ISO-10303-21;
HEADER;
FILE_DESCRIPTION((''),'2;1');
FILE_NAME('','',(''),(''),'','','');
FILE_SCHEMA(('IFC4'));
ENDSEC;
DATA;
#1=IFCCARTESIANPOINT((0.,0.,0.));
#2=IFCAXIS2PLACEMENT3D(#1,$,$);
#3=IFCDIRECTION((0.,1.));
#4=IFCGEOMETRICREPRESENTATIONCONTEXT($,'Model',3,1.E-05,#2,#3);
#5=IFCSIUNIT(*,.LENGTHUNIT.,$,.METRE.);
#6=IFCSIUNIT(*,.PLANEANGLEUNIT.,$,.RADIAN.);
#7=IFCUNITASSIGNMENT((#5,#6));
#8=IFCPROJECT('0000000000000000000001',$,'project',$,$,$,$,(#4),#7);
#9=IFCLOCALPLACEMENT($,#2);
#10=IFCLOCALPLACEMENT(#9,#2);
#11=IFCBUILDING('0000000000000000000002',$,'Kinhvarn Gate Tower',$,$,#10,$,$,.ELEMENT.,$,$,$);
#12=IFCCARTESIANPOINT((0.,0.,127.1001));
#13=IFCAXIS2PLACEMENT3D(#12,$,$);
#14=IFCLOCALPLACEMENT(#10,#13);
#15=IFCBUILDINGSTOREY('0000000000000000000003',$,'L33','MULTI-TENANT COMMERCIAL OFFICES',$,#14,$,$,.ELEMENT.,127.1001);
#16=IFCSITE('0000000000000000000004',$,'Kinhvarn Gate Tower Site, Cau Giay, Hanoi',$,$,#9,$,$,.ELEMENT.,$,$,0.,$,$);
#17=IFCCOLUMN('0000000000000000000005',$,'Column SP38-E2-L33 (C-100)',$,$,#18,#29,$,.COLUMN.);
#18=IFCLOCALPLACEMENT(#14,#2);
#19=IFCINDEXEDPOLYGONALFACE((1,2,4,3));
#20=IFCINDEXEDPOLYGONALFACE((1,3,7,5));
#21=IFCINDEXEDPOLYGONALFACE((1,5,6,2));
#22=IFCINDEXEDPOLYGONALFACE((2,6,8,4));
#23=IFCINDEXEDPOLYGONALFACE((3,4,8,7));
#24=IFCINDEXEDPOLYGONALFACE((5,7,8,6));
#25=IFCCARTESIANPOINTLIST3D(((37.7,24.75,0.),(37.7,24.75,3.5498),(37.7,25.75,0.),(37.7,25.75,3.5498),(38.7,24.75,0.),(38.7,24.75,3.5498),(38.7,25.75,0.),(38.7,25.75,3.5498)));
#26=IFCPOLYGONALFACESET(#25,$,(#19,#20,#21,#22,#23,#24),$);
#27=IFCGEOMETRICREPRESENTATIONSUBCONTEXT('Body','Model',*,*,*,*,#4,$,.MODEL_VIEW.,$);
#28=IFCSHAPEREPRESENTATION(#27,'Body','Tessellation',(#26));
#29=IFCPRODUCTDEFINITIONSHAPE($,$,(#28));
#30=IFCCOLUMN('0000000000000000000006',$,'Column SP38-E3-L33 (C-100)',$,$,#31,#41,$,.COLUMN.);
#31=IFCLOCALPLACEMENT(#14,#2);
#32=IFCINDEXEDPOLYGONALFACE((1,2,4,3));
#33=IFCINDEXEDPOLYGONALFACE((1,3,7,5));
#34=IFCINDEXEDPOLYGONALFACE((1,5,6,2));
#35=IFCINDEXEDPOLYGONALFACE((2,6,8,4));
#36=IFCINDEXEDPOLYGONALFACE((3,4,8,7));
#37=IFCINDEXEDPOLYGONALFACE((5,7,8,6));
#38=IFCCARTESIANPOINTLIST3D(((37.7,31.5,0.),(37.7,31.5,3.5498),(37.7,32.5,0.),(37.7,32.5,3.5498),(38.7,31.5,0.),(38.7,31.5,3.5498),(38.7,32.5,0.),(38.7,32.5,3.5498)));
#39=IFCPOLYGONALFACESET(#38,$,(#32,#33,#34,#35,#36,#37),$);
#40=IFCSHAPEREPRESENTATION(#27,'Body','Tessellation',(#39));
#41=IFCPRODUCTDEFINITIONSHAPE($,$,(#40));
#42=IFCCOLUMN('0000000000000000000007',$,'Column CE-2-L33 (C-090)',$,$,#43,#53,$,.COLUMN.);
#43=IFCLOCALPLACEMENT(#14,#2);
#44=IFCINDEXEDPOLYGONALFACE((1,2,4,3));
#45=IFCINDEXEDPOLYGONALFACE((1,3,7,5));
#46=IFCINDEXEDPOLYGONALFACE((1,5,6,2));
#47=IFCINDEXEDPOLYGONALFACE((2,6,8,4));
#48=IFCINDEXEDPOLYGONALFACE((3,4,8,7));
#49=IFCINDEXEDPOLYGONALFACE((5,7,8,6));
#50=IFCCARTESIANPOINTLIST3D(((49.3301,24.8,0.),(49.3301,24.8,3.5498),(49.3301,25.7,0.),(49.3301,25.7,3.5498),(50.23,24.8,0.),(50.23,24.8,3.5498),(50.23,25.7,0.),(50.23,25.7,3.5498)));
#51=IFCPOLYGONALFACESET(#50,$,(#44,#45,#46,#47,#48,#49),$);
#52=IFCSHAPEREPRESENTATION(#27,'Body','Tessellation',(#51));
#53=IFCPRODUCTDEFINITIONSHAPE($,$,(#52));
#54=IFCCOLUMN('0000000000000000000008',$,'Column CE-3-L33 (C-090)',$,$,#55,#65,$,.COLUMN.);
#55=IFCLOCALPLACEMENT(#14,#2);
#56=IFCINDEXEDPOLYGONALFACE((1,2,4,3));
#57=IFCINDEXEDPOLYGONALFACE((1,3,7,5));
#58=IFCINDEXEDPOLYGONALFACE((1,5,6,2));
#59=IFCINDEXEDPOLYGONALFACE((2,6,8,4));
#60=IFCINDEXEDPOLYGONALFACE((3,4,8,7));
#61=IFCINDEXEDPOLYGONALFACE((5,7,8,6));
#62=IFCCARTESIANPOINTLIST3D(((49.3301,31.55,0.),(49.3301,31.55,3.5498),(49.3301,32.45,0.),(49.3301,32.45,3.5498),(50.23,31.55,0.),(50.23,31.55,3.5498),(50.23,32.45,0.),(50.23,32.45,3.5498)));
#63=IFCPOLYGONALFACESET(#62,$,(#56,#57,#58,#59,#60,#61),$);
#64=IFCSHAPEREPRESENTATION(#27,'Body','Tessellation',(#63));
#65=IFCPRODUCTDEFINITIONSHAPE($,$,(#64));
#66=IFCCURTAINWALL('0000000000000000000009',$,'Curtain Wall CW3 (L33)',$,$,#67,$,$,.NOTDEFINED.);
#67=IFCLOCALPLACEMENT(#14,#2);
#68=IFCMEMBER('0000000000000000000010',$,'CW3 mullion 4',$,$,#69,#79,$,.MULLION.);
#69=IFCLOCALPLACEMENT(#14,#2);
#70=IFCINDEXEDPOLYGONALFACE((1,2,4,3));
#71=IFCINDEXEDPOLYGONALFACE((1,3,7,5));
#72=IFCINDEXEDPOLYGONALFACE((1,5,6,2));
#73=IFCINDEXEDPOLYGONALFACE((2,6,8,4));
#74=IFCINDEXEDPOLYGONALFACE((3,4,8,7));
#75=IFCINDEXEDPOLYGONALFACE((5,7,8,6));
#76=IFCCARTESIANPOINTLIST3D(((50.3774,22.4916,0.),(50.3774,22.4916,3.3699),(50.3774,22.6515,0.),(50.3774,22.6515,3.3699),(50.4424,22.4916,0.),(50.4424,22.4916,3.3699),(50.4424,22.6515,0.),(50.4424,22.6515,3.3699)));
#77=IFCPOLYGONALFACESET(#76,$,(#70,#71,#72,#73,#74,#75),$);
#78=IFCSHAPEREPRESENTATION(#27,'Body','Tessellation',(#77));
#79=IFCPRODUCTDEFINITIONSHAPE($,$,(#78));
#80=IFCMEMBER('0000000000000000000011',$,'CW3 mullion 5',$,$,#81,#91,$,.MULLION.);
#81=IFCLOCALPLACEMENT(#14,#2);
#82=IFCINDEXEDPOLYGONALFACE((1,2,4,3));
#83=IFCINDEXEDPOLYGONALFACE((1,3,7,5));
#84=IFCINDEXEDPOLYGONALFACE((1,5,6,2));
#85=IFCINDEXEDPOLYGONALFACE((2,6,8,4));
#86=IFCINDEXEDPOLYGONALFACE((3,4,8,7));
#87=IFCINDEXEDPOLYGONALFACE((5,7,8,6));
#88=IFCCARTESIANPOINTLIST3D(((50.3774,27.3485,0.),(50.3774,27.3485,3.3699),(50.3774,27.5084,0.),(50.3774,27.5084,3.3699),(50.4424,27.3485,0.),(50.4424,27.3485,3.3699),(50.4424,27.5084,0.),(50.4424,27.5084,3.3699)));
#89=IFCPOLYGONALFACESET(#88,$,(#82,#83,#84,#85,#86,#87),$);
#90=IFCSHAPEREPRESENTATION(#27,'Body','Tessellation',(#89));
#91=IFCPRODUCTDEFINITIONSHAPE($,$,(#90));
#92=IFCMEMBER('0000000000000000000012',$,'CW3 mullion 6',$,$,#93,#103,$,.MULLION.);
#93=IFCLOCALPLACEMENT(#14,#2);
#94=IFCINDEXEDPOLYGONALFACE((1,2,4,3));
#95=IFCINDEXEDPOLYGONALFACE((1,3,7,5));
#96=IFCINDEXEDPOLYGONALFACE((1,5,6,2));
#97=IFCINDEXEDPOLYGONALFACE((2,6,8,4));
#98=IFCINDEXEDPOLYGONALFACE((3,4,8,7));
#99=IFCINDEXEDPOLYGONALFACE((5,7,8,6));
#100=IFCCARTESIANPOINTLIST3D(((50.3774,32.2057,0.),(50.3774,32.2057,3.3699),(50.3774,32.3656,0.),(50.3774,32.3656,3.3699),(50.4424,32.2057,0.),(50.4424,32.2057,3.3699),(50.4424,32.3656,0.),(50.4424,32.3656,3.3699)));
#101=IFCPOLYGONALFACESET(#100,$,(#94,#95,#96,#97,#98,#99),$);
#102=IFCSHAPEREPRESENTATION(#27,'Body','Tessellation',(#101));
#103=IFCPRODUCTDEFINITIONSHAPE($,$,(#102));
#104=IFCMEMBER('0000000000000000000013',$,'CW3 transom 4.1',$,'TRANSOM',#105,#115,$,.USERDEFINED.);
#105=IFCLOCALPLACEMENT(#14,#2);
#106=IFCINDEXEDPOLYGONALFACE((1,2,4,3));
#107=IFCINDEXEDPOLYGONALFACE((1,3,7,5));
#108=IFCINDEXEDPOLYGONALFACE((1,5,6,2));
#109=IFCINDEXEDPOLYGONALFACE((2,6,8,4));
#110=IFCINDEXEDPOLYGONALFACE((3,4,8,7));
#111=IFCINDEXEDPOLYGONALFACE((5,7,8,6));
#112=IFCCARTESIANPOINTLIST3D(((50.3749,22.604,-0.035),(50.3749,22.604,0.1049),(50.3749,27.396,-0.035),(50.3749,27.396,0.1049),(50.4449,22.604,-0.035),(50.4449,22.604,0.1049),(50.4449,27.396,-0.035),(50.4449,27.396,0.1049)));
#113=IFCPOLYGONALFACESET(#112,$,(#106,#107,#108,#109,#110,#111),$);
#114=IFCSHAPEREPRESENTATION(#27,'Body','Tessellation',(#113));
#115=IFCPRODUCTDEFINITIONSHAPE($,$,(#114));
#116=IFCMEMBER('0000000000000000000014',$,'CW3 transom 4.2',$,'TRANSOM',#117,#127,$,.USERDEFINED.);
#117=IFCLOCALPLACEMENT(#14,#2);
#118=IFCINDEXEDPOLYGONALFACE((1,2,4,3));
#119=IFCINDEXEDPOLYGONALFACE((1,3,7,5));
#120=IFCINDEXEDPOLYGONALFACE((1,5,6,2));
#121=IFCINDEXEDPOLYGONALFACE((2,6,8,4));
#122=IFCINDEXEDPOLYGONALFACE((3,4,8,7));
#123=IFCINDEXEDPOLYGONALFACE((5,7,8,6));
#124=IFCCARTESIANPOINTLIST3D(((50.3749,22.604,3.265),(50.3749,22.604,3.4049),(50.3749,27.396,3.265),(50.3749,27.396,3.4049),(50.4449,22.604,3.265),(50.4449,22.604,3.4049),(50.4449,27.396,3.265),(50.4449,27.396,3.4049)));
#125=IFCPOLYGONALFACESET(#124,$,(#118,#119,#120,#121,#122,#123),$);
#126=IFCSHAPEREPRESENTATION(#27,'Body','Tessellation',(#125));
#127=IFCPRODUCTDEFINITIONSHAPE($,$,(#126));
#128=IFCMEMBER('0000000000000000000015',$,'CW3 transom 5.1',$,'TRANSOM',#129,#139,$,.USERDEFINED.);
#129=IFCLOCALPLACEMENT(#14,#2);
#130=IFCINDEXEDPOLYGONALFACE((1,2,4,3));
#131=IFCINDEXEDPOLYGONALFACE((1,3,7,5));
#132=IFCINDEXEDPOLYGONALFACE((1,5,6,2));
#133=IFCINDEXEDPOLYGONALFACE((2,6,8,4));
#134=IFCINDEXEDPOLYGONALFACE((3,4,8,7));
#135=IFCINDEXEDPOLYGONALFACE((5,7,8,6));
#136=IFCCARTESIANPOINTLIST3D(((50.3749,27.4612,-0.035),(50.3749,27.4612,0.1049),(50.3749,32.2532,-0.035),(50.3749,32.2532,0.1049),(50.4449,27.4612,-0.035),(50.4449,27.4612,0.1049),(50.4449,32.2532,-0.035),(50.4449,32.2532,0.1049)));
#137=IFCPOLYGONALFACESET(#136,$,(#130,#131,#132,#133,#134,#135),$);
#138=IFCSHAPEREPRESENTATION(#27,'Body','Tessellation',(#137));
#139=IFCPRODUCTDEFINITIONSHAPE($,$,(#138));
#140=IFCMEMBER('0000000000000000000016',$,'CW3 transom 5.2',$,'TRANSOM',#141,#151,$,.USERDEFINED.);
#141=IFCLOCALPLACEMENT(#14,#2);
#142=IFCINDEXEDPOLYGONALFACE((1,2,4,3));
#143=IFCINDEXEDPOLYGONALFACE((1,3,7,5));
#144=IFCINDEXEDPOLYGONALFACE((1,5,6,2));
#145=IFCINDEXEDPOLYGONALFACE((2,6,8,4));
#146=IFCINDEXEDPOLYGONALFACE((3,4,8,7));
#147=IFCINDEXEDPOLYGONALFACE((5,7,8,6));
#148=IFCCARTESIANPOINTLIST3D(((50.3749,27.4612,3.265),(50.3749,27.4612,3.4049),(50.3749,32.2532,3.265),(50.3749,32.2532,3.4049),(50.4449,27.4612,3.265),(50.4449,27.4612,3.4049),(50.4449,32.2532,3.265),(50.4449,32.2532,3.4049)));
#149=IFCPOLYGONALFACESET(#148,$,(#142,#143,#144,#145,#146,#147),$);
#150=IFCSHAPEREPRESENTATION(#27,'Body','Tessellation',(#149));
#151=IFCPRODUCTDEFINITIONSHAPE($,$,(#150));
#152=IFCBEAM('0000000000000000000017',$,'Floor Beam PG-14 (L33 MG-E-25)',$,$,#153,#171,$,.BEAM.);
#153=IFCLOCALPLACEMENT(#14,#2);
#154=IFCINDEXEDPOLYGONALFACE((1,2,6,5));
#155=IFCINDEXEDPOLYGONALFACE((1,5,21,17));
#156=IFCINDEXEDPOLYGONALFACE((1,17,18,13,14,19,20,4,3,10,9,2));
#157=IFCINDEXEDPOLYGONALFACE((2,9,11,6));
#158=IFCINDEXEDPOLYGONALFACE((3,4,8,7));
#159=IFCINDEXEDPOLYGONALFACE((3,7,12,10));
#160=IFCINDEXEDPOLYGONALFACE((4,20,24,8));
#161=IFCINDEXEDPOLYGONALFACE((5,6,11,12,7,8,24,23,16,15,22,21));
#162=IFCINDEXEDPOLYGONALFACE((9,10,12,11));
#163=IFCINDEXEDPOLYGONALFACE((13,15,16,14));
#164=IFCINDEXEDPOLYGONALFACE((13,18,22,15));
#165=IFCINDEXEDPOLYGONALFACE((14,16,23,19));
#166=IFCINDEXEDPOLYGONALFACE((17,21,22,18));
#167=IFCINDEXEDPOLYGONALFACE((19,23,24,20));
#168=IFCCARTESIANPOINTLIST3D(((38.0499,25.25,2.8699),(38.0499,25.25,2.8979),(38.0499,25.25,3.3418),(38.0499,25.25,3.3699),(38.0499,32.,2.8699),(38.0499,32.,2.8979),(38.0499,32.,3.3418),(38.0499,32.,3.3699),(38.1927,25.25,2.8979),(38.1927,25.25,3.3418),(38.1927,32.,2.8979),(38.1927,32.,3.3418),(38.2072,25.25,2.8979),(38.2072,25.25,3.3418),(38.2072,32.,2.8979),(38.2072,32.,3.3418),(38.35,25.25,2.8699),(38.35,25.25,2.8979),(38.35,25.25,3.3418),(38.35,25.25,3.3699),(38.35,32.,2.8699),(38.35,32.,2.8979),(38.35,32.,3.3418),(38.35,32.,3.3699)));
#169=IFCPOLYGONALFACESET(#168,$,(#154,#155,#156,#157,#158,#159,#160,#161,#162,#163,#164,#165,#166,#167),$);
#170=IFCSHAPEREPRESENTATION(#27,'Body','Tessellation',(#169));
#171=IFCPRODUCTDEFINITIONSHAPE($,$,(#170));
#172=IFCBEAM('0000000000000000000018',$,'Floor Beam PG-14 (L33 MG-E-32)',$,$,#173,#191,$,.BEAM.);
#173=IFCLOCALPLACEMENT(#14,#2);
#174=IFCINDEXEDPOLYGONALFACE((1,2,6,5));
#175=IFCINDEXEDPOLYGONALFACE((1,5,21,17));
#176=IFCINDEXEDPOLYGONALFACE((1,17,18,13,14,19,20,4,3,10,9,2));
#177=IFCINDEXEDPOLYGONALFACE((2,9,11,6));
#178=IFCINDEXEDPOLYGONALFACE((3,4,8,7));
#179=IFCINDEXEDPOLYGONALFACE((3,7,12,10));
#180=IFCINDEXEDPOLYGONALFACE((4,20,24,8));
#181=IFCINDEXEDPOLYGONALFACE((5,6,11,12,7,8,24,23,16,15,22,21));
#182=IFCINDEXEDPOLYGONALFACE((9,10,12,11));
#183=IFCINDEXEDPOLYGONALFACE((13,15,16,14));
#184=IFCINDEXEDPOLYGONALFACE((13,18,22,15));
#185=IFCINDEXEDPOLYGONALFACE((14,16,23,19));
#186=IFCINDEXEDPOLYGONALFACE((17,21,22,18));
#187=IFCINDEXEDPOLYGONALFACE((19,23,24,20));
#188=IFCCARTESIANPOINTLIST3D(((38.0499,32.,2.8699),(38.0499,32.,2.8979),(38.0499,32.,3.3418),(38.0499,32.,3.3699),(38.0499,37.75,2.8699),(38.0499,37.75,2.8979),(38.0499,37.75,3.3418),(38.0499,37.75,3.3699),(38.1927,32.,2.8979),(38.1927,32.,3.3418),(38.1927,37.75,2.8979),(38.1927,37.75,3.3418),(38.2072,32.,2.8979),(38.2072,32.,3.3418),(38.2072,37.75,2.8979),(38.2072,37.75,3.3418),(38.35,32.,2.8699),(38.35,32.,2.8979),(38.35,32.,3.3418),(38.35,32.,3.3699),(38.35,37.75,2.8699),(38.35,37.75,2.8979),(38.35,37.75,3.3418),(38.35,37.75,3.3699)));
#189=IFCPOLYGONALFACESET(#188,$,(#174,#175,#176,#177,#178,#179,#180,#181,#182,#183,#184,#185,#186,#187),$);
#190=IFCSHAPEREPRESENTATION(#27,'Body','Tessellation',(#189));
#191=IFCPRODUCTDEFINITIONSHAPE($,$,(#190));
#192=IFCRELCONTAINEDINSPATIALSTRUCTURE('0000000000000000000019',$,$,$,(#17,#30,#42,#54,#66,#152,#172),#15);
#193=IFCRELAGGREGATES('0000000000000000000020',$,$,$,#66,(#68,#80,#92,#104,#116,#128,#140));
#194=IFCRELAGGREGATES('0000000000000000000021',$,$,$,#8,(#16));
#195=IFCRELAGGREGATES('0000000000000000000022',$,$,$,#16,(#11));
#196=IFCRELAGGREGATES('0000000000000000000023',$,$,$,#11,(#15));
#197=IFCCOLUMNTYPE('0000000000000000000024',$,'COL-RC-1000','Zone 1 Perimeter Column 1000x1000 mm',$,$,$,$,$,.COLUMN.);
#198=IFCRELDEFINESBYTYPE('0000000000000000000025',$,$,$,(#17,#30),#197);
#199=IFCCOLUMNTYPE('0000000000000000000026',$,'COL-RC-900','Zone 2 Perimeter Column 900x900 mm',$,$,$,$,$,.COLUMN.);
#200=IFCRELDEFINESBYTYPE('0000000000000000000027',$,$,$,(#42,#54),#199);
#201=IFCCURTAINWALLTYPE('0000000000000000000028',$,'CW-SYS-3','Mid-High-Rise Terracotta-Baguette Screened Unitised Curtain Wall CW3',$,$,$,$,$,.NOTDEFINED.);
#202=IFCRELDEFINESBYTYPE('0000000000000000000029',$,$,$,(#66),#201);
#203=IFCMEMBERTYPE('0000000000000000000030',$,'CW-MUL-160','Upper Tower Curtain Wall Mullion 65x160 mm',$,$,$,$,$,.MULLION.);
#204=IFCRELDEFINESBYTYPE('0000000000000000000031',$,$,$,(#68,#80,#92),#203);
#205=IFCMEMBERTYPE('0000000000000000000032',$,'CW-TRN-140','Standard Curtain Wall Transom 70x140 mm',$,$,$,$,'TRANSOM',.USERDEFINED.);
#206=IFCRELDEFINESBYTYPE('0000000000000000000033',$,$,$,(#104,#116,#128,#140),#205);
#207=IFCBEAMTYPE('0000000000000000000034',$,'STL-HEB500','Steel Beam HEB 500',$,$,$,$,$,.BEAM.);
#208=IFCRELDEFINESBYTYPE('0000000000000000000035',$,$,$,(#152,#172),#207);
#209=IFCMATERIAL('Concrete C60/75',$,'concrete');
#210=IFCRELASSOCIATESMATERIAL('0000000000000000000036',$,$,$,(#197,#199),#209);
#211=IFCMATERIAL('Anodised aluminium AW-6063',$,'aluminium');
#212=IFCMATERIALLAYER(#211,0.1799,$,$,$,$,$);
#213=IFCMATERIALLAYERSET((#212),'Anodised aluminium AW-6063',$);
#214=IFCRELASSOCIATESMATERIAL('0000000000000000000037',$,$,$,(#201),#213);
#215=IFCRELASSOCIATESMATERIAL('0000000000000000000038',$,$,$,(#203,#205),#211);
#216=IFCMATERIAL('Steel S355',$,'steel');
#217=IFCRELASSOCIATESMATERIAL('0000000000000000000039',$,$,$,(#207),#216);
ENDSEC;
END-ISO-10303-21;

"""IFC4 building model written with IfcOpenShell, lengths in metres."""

from ifc_helpers import new_model, si_unit, direction, frame, origin, origin_2d, place, context, subcontext, project, spatial, rectangle, i_section, extrude, material, layer, layer_set, material_profile, profile_set, type_object, element, aggregate, save


model = new_model("IFC4")

# Units and contexts
model_context = context("Model", 3, precision=1e-05, world=origin(), true_north=direction((0.0, 1.0)))
body_context = subcontext(model_context, "Body", "Model", "MODEL_VIEW")
ifc_project = project(units=[si_unit("LENGTHUNIT", "METRE"), si_unit("PLANEANGLEUNIT", "RADIAN")], contexts=[model_context])

# Site, building, storey
site_placement = place(None, origin())
site = spatial("IfcSite", under=ifc_project, at=site_placement, Name="Kinhvarn Gate Tower Site, Cau Giay, Hanoi", CompositionType="ELEMENT", RefElevation=0.0)
building_placement = place(site_placement, origin())
building = spatial("IfcBuilding", under=site, at=building_placement, Name="Kinhvarn Gate Tower", CompositionType="ELEMENT")
storey_placement = place(building_placement, frame((0.0, 0.0, 127.1001)))
storey = spatial("IfcBuildingStorey", under=building, at=storey_placement, Name="L33", Description="MULTI-TENANT COMMERCIAL OFFICES", CompositionType="ELEMENT", Elevation=127.1001)

# Columns
ifc_material_1 = material(Name="Concrete C60/75", Category="concrete")
ifc_material_profile_1 = material_profile(ifc_material_1, rectangle(XDim=1.0, YDim=1.0, at=origin_2d()), Name="RC 1000x1000")
ifc_profile_set_1 = profile_set([ifc_material_profile_1], Name="Concrete C60/75")
column_type_1 = type_object("IfcColumnType", Name="COL-RC-1000", Description="Zone 1 Perimeter Column 1000x1000 mm", PredefinedType="COLUMN", material=ifc_profile_set_1)
for number, where, z_axis, x_axis, name in (
    (1, (38.2, 25.25, 0.0), (0.0, 0.0, 1.0), (1.0, 0.0, 0.0), "Column SP38-E2-L33 (C-100)"),
    (2, (38.2, 32.0, 0.0), (0.0, 0.0, 1.0), (1.0, 0.0, 0.0), "Column SP38-E3-L33 (C-100)"),
):
    element("IfcColumn", number, at=place(storey_placement, frame(where, z_axis=z_axis, x_axis=x_axis)), inside=storey, type_object=column_type_1, Name=name, PredefinedType="COLUMN", context=body_context, shape_type="SweptSolid", body=[
        extrude(rectangle(XDim=1.0, YDim=1.0, at=origin_2d()), origin(), (0.0, 0.0, 1.0), 3.5498),
    ])
ifc_material_profile_2 = material_profile(ifc_material_1, rectangle(XDim=0.8999, YDim=0.8999, at=origin_2d()), Name="RC 900x900")
ifc_profile_set_2 = profile_set([ifc_material_profile_2], Name="Concrete C60/75")
column_type_2 = type_object("IfcColumnType", Name="COL-RC-900", Description="Zone 2 Perimeter Column 900x900 mm", PredefinedType="COLUMN", material=ifc_profile_set_2)
for number, where, z_axis, x_axis, name in (
    (3, (49.78, 25.25, 0.0), (0.0, 0.0, 1.0), (1.0, 0.0, 0.0), "Column CE-2-L33 (C-090)"),
    (4, (49.78, 32.0, 0.0), (0.0, 0.0, 1.0), (1.0, 0.0, 0.0), "Column CE-3-L33 (C-090)"),
):
    element("IfcColumn", number, at=place(storey_placement, frame(where, z_axis=z_axis, x_axis=x_axis)), inside=storey, type_object=column_type_2, Name=name, PredefinedType="COLUMN", context=body_context, shape_type="SweptSolid", body=[
        extrude(rectangle(XDim=0.8999, YDim=0.8999, at=origin_2d()), origin(), (0.0, 0.0, 1.0), 3.5498),
    ])

# Curtain wall, members
ifc_material_2 = material(Name="Anodised aluminium AW-6063", Category="aluminium")
ifc_layer_1 = layer(ifc_material_2, 0.1799)
ifc_layer_set_1 = layer_set([ifc_layer_1], Name="Anodised aluminium AW-6063")
curtain_wall_type = type_object("IfcCurtainWallType", Name="CW-SYS-3", Description="Mid-High-Rise Terracotta-Baguette Screened Unitised Curtain Wall CW3", PredefinedType="NOTDEFINED", material=ifc_layer_set_1)
curtain_wall_placement = place(storey_placement, origin())
curtain_wall = element("IfcCurtainWall", 5, at=curtain_wall_placement, inside=storey, type_object=curtain_wall_type, Name="Curtain Wall CW3 (L33)", PredefinedType="NOTDEFINED")
ifc_material_profile_3 = material_profile(ifc_material_2, rectangle(XDim=0.0649, YDim=0.1599, at=origin_2d()), Name="ALU 65x160")
ifc_profile_set_3 = profile_set([ifc_material_profile_3], Name="Anodised aluminium AW-6063")
member_type_1 = type_object("IfcMemberType", Name="CW-MUL-160", Description="Upper Tower Curtain Wall Mullion 65x160 mm", PredefinedType="MULLION", material=ifc_profile_set_3)
member_1_placement = place(storey_placement, frame((50.4099, 22.5715, 0.0), z_axis=(0.0, 0.0, 1.0), x_axis=(-1.0, 0.0, 0.0)))
member_1 = element("IfcMember", 6, at=member_1_placement, type_object=member_type_1, Name="CW3 mullion 4", PredefinedType="MULLION", context=body_context, shape_type="SweptSolid", body=[
    extrude(rectangle(XDim=0.0649, YDim=0.1599, at=origin_2d()), origin(), (0.0, 0.0, 1.0), 3.3699),
])
member_2_placement = place(storey_placement, frame((50.4099, 27.4285, 0.0), z_axis=(0.0, 0.0, 1.0), x_axis=(-1.0, 0.0, 0.0)))
member_2 = element("IfcMember", 7, at=member_2_placement, type_object=member_type_1, Name="CW3 mullion 5", PredefinedType="MULLION", context=body_context, shape_type="SweptSolid", body=[
    extrude(rectangle(XDim=0.0649, YDim=0.1599, at=origin_2d()), origin(), (0.0, 0.0, 1.0), 3.3699),
])
member_3_placement = place(storey_placement, frame((50.4099, 32.2856, 0.0), z_axis=(0.0, 0.0, 1.0), x_axis=(-1.0, 0.0, 0.0)))
member_3 = element("IfcMember", 8, at=member_3_placement, type_object=member_type_1, Name="CW3 mullion 6", PredefinedType="MULLION", context=body_context, shape_type="SweptSolid", body=[
    extrude(rectangle(XDim=0.0649, YDim=0.1599, at=origin_2d()), origin(), (0.0, 0.0, 1.0), 3.3699),
])
ifc_material_profile_4 = material_profile(ifc_material_2, rectangle(XDim=0.0701, YDim=0.1399, at=origin_2d()), Name="ALU 70x140")
ifc_profile_set_4 = profile_set([ifc_material_profile_4], Name="Anodised aluminium AW-6063")
member_type_2 = type_object("IfcMemberType", Name="CW-TRN-140", Description="Standard Curtain Wall Transom 70x140 mm", ElementType="TRANSOM", PredefinedType="USERDEFINED", material=ifc_profile_set_4)
member_4_placement = place(storey_placement, frame((50.4099, 22.604, 0.0349), z_axis=(0.0, 1.0, 0.0), x_axis=(-1.0, 0.0, 0.0)))
member_4 = element("IfcMember", 9, at=member_4_placement, type_object=member_type_2, Name="CW3 transom 4.1", ObjectType="TRANSOM", PredefinedType="USERDEFINED", context=body_context, shape_type="SweptSolid", body=[
    extrude(rectangle(XDim=0.0701, YDim=0.1399, at=origin_2d()), origin(), (0.0, 0.0, 1.0), 4.792),
])
member_5_placement = place(storey_placement, frame((50.4099, 22.604, 3.335), z_axis=(0.0, 1.0, 0.0), x_axis=(-1.0, 0.0, 0.0)))
member_5 = element("IfcMember", 10, at=member_5_placement, type_object=member_type_2, Name="CW3 transom 4.2", ObjectType="TRANSOM", PredefinedType="USERDEFINED", context=body_context, shape_type="SweptSolid", body=[
    extrude(rectangle(XDim=0.0701, YDim=0.1399, at=origin_2d()), origin(), (0.0, 0.0, 1.0), 4.792),
])
member_6_placement = place(storey_placement, frame((50.4099, 27.4612, 0.0349), z_axis=(0.0, 1.0, 0.0), x_axis=(-1.0, 0.0, 0.0)))
member_6 = element("IfcMember", 11, at=member_6_placement, type_object=member_type_2, Name="CW3 transom 5.1", ObjectType="TRANSOM", PredefinedType="USERDEFINED", context=body_context, shape_type="SweptSolid", body=[
    extrude(rectangle(XDim=0.0701, YDim=0.1399, at=origin_2d()), origin(), (0.0, 0.0, 1.0), 4.792),
])
member_7_placement = place(storey_placement, frame((50.4099, 27.4612, 3.335), z_axis=(0.0, 1.0, 0.0), x_axis=(-1.0, 0.0, 0.0)))
member_7 = element("IfcMember", 12, at=member_7_placement, type_object=member_type_2, Name="CW3 transom 5.2", ObjectType="TRANSOM", PredefinedType="USERDEFINED", context=body_context, shape_type="SweptSolid", body=[
    extrude(rectangle(XDim=0.0701, YDim=0.1399, at=origin_2d()), origin(), (0.0, 0.0, 1.0), 4.792),
])

# Beams
ifc_material_3 = material(Name="Steel S355", Category="steel")
ifc_material_profile_5 = material_profile(ifc_material_3, i_section(OverallWidth=0.3, OverallDepth=0.5, WebThickness=0.0144, FlangeThickness=0.0281, at=origin_2d()), Name="HEB 500")
ifc_profile_set_5 = profile_set([ifc_material_profile_5], Name="Steel S355")
beam_type_1 = type_object("IfcBeamType", Name="STL-HEB500", Description="Steel Beam HEB 500", PredefinedType="BEAM", material=ifc_profile_set_5)
beam_1_placement = place(storey_placement, frame((38.2, 25.25, 3.1199), z_axis=(0.0, 1.0, 0.0), x_axis=(-1.0, 0.0, 0.0)))
element("IfcBeam", 13, at=beam_1_placement, inside=storey, type_object=beam_type_1, Name="Floor Beam PG-14 (L33 MG-E-25)", PredefinedType="BEAM", context=body_context, shape_type="SweptSolid", body=[
    extrude(i_section(OverallWidth=0.3, OverallDepth=0.5, WebThickness=0.0144, FlangeThickness=0.0281, at=origin_2d()), origin(), (0.0, 0.0, 1.0), 6.75),
])
beam_2_placement = place(storey_placement, frame((38.2, 32.0, 3.1199), z_axis=(0.0, 1.0, 0.0), x_axis=(-1.0, 0.0, 0.0)))
element("IfcBeam", 14, at=beam_2_placement, inside=storey, type_object=beam_type_1, Name="Floor Beam PG-14 (L33 MG-E-32)", PredefinedType="BEAM", context=body_context, shape_type="SweptSolid", body=[
    extrude(i_section(OverallWidth=0.3, OverallDepth=0.5, WebThickness=0.0144, FlangeThickness=0.0281, at=origin_2d()), origin(), (0.0, 0.0, 1.0), 5.75),
])

aggregate(curtain_wall, [member_1, member_2, member_3, member_4, member_5, member_6, member_7])

save(model, "model.ifc")
